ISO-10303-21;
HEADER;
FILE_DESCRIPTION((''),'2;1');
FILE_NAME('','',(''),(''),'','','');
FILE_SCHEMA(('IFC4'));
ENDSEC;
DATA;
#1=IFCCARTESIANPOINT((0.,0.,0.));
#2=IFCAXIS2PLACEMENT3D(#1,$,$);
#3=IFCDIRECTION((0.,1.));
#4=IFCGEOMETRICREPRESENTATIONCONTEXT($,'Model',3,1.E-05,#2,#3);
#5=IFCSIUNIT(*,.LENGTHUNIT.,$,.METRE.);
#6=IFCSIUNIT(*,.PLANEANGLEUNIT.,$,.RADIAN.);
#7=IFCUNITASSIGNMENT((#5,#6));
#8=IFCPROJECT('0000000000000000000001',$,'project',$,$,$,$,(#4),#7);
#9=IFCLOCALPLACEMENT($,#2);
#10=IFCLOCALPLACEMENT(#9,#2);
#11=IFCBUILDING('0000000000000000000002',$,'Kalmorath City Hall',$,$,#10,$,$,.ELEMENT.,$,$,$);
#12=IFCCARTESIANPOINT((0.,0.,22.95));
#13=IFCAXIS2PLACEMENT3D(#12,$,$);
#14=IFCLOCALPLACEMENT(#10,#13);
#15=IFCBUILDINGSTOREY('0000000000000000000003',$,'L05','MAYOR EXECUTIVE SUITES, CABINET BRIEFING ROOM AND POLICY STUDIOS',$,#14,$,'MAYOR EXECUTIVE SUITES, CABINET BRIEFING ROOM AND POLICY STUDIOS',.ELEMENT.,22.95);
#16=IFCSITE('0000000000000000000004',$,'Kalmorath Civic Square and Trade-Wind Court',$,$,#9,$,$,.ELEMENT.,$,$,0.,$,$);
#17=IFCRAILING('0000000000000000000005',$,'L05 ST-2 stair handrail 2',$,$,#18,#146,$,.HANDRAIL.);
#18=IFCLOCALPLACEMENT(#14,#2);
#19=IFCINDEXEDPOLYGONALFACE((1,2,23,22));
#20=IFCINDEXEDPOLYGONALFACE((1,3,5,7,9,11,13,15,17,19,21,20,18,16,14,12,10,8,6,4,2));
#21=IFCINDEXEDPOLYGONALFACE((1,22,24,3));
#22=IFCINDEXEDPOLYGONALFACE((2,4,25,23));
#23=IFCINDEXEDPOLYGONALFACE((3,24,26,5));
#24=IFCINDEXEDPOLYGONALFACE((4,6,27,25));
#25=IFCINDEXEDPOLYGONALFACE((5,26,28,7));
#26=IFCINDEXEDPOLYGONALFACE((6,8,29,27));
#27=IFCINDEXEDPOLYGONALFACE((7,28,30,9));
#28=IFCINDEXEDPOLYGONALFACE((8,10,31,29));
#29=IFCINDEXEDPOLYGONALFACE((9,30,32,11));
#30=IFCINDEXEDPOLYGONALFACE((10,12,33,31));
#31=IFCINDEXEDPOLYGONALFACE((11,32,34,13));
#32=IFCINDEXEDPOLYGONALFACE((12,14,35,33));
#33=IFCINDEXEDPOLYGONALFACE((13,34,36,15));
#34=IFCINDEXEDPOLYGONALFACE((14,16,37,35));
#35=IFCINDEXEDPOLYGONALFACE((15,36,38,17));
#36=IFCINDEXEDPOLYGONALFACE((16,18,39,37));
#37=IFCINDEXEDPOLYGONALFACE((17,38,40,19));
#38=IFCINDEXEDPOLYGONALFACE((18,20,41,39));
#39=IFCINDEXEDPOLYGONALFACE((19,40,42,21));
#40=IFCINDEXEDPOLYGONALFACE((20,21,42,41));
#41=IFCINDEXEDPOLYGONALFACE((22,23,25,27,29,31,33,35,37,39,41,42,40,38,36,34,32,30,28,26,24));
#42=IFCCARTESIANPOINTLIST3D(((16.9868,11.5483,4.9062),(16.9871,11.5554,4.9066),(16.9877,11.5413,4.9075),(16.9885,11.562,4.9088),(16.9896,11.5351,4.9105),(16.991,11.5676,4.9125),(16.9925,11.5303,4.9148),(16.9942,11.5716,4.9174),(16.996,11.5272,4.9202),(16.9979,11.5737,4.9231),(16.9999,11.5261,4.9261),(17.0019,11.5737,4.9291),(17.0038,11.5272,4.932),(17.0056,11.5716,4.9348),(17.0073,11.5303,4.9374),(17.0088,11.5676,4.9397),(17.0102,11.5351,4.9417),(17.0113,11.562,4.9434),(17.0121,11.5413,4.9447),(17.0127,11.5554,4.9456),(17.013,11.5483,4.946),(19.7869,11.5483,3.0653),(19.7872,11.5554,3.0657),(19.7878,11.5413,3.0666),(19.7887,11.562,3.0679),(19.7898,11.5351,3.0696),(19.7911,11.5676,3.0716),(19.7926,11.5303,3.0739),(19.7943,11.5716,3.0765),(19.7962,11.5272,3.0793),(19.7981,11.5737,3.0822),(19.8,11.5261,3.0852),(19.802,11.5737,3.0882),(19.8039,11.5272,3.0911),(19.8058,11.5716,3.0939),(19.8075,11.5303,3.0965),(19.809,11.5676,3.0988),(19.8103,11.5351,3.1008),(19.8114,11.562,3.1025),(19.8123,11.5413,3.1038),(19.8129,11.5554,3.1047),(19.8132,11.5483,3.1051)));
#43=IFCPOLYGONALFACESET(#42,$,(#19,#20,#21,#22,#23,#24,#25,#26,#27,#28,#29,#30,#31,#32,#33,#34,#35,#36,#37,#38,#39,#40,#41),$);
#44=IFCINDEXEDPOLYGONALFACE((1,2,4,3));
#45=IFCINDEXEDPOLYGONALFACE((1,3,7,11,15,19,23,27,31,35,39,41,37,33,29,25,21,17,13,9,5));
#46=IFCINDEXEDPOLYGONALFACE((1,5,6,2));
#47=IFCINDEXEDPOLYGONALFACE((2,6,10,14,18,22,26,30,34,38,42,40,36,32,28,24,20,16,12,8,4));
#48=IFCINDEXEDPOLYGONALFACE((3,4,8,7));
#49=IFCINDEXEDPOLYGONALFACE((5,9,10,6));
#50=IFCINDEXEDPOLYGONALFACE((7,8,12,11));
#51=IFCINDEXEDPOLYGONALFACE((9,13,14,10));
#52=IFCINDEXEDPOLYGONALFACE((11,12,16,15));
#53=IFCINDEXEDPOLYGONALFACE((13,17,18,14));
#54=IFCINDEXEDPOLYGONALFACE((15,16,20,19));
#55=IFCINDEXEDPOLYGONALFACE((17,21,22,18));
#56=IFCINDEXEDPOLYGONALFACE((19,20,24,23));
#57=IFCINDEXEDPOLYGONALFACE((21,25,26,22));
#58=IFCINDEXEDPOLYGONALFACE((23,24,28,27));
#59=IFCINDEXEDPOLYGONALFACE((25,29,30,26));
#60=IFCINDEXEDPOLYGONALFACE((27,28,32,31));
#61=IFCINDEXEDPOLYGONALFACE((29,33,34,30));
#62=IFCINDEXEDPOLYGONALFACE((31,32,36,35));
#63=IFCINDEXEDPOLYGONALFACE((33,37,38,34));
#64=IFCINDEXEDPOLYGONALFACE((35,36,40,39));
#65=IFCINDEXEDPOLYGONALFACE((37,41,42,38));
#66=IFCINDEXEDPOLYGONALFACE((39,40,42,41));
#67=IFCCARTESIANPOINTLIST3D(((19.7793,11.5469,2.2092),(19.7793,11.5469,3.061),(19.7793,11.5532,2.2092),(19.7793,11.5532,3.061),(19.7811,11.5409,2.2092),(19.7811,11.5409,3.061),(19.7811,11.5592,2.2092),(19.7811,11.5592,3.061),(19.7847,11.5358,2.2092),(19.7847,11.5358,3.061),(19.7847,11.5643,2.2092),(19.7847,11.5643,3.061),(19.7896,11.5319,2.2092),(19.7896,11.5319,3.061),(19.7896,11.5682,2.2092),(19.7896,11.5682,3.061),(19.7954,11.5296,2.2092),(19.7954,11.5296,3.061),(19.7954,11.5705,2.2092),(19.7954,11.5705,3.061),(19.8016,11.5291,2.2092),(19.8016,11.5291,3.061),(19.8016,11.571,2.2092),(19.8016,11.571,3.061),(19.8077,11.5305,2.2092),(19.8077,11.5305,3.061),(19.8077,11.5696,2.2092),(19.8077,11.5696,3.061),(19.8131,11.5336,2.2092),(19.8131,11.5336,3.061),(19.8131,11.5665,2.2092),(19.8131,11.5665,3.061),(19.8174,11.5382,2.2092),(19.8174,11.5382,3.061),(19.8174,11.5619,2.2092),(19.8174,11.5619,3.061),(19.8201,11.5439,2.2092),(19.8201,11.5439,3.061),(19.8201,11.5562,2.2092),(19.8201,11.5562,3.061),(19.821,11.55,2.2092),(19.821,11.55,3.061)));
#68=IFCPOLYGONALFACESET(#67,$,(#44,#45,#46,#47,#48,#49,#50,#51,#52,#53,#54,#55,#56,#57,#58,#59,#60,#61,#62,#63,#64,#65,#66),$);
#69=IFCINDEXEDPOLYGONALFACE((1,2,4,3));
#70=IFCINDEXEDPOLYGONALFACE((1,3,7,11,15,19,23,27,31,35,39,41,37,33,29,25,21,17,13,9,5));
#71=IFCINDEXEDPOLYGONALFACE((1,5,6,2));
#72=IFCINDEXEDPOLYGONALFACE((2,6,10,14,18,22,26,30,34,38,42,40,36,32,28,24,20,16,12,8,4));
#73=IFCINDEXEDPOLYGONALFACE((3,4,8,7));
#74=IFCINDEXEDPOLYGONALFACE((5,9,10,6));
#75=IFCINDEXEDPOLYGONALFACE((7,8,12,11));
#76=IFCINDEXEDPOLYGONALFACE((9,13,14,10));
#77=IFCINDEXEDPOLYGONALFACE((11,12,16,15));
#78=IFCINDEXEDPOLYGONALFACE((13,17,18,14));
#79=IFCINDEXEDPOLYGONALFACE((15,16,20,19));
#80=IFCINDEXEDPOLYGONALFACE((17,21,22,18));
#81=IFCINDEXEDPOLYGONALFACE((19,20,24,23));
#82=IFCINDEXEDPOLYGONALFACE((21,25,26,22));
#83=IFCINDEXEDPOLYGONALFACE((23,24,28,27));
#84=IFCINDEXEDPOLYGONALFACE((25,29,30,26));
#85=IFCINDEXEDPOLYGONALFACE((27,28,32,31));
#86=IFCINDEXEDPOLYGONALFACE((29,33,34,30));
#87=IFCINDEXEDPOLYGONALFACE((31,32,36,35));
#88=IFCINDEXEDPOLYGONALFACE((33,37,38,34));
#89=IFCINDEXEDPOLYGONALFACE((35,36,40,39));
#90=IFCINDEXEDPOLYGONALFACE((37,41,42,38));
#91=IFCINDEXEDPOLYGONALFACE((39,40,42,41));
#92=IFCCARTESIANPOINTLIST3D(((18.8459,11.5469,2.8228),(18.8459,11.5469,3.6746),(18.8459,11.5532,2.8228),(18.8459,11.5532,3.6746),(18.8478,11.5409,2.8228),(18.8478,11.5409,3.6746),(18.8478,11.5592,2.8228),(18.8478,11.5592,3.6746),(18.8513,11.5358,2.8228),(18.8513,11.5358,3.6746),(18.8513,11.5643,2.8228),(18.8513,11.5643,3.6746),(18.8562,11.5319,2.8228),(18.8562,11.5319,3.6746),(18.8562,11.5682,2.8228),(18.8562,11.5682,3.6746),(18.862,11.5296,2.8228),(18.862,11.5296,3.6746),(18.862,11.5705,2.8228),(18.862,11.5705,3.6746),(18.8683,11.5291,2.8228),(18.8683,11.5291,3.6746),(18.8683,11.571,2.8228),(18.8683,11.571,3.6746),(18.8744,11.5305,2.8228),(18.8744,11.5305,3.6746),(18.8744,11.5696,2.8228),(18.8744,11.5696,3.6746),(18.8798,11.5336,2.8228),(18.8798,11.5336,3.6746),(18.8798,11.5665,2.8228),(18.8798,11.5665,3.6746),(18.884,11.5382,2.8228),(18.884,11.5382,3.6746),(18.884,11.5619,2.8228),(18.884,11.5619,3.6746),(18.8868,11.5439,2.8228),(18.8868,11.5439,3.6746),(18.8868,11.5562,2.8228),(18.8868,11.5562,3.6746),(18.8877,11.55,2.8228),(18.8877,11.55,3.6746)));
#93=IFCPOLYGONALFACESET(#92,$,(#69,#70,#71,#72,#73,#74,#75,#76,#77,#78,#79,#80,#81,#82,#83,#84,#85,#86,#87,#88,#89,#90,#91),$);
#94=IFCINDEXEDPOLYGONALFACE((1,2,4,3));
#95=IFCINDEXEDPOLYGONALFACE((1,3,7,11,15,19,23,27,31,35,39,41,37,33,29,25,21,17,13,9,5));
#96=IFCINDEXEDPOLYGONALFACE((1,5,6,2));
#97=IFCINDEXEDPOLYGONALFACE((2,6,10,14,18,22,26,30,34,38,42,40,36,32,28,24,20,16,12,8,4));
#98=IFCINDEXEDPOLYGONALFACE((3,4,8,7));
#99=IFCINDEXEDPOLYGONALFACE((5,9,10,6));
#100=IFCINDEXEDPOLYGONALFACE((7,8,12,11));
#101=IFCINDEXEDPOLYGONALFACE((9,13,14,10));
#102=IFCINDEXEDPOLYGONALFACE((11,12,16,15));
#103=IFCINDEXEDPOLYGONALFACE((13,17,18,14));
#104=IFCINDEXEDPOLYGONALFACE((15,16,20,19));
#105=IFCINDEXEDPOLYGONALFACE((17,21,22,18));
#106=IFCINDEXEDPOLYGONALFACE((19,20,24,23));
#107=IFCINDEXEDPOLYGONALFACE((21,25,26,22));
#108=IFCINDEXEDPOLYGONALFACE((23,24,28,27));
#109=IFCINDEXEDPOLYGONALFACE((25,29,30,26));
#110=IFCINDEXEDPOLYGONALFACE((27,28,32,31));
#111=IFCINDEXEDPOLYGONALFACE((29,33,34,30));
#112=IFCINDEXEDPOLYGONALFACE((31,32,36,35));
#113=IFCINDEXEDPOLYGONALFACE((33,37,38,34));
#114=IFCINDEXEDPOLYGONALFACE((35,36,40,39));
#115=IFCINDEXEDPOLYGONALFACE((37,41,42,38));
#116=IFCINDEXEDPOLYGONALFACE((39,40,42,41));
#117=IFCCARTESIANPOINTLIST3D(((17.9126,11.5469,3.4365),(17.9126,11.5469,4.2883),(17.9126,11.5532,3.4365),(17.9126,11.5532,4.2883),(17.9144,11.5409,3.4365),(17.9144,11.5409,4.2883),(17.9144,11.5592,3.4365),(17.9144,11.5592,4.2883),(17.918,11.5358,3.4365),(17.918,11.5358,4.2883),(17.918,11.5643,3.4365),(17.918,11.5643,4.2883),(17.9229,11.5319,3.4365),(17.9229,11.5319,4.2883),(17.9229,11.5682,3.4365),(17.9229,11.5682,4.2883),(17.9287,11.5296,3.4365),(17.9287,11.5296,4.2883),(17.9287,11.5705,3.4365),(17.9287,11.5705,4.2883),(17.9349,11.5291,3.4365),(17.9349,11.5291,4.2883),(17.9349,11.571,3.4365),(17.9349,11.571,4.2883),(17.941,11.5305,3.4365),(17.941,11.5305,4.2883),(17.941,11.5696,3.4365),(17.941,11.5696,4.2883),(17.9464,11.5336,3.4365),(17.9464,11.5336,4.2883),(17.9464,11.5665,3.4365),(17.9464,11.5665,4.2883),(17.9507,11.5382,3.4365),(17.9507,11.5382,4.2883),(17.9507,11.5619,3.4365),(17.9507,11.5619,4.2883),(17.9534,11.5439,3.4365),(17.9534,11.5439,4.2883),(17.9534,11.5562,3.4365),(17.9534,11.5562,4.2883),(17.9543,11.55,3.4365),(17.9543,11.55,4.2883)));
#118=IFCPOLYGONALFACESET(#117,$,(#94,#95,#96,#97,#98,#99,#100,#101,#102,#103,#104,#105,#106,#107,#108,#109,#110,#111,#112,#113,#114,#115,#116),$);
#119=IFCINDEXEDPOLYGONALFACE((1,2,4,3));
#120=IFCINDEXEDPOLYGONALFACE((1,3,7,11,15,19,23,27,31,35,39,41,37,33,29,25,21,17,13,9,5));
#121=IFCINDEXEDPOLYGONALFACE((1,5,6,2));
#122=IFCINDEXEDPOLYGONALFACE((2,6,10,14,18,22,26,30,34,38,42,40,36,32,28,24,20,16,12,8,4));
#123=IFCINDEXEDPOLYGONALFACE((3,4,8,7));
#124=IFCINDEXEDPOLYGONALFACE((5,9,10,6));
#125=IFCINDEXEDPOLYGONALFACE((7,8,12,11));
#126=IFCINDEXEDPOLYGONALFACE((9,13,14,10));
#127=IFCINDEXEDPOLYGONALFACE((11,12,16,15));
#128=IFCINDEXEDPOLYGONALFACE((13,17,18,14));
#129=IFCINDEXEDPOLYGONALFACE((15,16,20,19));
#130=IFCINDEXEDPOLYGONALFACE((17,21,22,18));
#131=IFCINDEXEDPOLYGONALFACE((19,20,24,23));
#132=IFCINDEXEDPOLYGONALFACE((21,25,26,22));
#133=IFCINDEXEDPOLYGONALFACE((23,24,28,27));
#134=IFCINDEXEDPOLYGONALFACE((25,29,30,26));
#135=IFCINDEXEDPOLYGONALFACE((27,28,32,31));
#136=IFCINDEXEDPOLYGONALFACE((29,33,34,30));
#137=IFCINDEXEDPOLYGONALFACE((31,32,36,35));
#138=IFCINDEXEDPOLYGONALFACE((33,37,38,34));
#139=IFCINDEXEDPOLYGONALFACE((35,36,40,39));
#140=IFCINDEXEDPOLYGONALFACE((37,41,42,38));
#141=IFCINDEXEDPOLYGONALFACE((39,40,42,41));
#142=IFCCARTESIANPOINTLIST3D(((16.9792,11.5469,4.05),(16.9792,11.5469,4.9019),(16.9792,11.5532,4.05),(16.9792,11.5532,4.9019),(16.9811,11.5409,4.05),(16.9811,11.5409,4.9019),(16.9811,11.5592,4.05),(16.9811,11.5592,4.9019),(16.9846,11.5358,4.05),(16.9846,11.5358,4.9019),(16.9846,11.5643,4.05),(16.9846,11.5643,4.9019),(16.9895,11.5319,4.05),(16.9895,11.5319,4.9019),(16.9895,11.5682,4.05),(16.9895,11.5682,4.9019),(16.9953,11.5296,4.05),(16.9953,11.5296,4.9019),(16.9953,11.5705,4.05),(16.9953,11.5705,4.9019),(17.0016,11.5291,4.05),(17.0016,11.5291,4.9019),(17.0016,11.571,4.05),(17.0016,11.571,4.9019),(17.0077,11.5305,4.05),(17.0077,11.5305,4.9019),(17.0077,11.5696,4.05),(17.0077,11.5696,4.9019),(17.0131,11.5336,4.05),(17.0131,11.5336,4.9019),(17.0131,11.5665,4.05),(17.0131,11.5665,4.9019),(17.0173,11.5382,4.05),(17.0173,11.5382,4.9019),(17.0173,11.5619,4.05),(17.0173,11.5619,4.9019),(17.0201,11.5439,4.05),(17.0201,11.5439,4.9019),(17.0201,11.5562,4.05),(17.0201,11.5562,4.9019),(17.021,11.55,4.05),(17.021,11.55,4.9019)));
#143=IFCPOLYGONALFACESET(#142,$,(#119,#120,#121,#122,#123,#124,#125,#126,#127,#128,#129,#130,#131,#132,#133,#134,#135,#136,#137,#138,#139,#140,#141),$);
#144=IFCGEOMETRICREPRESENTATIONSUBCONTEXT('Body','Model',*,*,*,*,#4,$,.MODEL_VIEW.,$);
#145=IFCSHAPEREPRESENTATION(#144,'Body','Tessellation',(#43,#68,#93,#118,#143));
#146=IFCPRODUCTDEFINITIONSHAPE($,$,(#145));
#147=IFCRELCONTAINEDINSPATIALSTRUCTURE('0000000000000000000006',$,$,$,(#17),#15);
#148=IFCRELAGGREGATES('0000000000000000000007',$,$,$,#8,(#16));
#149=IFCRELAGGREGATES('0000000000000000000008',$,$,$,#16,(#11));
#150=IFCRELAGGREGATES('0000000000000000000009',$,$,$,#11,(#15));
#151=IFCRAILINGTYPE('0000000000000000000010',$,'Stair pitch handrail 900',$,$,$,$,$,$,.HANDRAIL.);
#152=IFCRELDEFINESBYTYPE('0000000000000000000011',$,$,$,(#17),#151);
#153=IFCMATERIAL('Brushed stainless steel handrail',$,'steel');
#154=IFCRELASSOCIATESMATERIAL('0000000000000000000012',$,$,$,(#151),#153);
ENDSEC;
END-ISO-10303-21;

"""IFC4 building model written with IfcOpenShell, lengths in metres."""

from ifc_helpers import new_model, si_unit, direction, frame, origin, origin_2d, place, context, subcontext, project, spatial, circle, extrude, material, type_object, element, save


model = new_model("IFC4")

# Units and contexts
model_context = context("Model", 3, precision=1e-05, world=origin(), true_north=direction((0.0, 1.0)))
body_context = subcontext(model_context, "Body", "Model", "MODEL_VIEW")
ifc_project = project(units=[si_unit("LENGTHUNIT", "METRE"), si_unit("PLANEANGLEUNIT", "RADIAN")], contexts=[model_context])

# Site, building, storey
site_placement = place(None, origin())
site = spatial("IfcSite", under=ifc_project, at=site_placement, Name="Kalmorath Civic Square and Trade-Wind Court", CompositionType="ELEMENT", RefElevation=0.0)
building_placement = place(site_placement, origin())
building = spatial("IfcBuilding", under=site, at=building_placement, Name="Kalmorath City Hall", CompositionType="ELEMENT")
storey_placement = place(building_placement, frame((0.0, 0.0, 22.95)))
storey = spatial("IfcBuildingStorey", under=building, at=storey_placement, Name="L05", Description="MAYOR EXECUTIVE SUITES, CABINET BRIEFING ROOM AND POLICY STUDIOS", LongName="MAYOR EXECUTIVE SUITES, CABINET BRIEFING ROOM AND POLICY STUDIOS", CompositionType="ELEMENT", Elevation=22.95)

# Railing
ifc_material_1 = material(Name="Brushed stainless steel handrail", Category="steel")
railing_type_1 = type_object("IfcRailingType", Name="Stair pitch handrail 900", PredefinedType="HANDRAIL", material=ifc_material_1)
railing_1_placement = place(storey_placement, frame((19.8, 11.55, 2.2092)))
element("IfcRailing", 1, at=railing_1_placement, inside=storey, type_object=railing_type_1, Name="L05 ST-2 stair handrail 2", PredefinedType="HANDRAIL", context=body_context, shape_type="SweptSolid", body=[
    extrude(circle(Radius=0.0239, at=origin_2d()), frame((0.0, 0.0, 0.876), z_axis=(-0.835598, 0.0, 0.549342), x_axis=(0.0, -1.0, 0.0)), (0.0, 0.0, 1.0), 3.3511),
    extrude(circle(Radius=0.021, at=origin_2d()), origin(), (0.0, 0.0, 1.0), 0.8518),
    extrude(circle(Radius=0.021, at=origin_2d()), frame((-0.9333, 0.0, 0.6135)), (0.0, 0.0, 1.0), 0.8518),
    extrude(circle(Radius=0.021, at=origin_2d()), frame((-1.8667, 0.0, 1.2273)), (0.0, 0.0, 1.0), 0.8518),
    extrude(circle(Radius=0.021, at=origin_2d()), frame((-2.8, 0.0, 1.8408)), (0.0, 0.0, 1.0), 0.8518),
])

save(model, "model.ifc")
